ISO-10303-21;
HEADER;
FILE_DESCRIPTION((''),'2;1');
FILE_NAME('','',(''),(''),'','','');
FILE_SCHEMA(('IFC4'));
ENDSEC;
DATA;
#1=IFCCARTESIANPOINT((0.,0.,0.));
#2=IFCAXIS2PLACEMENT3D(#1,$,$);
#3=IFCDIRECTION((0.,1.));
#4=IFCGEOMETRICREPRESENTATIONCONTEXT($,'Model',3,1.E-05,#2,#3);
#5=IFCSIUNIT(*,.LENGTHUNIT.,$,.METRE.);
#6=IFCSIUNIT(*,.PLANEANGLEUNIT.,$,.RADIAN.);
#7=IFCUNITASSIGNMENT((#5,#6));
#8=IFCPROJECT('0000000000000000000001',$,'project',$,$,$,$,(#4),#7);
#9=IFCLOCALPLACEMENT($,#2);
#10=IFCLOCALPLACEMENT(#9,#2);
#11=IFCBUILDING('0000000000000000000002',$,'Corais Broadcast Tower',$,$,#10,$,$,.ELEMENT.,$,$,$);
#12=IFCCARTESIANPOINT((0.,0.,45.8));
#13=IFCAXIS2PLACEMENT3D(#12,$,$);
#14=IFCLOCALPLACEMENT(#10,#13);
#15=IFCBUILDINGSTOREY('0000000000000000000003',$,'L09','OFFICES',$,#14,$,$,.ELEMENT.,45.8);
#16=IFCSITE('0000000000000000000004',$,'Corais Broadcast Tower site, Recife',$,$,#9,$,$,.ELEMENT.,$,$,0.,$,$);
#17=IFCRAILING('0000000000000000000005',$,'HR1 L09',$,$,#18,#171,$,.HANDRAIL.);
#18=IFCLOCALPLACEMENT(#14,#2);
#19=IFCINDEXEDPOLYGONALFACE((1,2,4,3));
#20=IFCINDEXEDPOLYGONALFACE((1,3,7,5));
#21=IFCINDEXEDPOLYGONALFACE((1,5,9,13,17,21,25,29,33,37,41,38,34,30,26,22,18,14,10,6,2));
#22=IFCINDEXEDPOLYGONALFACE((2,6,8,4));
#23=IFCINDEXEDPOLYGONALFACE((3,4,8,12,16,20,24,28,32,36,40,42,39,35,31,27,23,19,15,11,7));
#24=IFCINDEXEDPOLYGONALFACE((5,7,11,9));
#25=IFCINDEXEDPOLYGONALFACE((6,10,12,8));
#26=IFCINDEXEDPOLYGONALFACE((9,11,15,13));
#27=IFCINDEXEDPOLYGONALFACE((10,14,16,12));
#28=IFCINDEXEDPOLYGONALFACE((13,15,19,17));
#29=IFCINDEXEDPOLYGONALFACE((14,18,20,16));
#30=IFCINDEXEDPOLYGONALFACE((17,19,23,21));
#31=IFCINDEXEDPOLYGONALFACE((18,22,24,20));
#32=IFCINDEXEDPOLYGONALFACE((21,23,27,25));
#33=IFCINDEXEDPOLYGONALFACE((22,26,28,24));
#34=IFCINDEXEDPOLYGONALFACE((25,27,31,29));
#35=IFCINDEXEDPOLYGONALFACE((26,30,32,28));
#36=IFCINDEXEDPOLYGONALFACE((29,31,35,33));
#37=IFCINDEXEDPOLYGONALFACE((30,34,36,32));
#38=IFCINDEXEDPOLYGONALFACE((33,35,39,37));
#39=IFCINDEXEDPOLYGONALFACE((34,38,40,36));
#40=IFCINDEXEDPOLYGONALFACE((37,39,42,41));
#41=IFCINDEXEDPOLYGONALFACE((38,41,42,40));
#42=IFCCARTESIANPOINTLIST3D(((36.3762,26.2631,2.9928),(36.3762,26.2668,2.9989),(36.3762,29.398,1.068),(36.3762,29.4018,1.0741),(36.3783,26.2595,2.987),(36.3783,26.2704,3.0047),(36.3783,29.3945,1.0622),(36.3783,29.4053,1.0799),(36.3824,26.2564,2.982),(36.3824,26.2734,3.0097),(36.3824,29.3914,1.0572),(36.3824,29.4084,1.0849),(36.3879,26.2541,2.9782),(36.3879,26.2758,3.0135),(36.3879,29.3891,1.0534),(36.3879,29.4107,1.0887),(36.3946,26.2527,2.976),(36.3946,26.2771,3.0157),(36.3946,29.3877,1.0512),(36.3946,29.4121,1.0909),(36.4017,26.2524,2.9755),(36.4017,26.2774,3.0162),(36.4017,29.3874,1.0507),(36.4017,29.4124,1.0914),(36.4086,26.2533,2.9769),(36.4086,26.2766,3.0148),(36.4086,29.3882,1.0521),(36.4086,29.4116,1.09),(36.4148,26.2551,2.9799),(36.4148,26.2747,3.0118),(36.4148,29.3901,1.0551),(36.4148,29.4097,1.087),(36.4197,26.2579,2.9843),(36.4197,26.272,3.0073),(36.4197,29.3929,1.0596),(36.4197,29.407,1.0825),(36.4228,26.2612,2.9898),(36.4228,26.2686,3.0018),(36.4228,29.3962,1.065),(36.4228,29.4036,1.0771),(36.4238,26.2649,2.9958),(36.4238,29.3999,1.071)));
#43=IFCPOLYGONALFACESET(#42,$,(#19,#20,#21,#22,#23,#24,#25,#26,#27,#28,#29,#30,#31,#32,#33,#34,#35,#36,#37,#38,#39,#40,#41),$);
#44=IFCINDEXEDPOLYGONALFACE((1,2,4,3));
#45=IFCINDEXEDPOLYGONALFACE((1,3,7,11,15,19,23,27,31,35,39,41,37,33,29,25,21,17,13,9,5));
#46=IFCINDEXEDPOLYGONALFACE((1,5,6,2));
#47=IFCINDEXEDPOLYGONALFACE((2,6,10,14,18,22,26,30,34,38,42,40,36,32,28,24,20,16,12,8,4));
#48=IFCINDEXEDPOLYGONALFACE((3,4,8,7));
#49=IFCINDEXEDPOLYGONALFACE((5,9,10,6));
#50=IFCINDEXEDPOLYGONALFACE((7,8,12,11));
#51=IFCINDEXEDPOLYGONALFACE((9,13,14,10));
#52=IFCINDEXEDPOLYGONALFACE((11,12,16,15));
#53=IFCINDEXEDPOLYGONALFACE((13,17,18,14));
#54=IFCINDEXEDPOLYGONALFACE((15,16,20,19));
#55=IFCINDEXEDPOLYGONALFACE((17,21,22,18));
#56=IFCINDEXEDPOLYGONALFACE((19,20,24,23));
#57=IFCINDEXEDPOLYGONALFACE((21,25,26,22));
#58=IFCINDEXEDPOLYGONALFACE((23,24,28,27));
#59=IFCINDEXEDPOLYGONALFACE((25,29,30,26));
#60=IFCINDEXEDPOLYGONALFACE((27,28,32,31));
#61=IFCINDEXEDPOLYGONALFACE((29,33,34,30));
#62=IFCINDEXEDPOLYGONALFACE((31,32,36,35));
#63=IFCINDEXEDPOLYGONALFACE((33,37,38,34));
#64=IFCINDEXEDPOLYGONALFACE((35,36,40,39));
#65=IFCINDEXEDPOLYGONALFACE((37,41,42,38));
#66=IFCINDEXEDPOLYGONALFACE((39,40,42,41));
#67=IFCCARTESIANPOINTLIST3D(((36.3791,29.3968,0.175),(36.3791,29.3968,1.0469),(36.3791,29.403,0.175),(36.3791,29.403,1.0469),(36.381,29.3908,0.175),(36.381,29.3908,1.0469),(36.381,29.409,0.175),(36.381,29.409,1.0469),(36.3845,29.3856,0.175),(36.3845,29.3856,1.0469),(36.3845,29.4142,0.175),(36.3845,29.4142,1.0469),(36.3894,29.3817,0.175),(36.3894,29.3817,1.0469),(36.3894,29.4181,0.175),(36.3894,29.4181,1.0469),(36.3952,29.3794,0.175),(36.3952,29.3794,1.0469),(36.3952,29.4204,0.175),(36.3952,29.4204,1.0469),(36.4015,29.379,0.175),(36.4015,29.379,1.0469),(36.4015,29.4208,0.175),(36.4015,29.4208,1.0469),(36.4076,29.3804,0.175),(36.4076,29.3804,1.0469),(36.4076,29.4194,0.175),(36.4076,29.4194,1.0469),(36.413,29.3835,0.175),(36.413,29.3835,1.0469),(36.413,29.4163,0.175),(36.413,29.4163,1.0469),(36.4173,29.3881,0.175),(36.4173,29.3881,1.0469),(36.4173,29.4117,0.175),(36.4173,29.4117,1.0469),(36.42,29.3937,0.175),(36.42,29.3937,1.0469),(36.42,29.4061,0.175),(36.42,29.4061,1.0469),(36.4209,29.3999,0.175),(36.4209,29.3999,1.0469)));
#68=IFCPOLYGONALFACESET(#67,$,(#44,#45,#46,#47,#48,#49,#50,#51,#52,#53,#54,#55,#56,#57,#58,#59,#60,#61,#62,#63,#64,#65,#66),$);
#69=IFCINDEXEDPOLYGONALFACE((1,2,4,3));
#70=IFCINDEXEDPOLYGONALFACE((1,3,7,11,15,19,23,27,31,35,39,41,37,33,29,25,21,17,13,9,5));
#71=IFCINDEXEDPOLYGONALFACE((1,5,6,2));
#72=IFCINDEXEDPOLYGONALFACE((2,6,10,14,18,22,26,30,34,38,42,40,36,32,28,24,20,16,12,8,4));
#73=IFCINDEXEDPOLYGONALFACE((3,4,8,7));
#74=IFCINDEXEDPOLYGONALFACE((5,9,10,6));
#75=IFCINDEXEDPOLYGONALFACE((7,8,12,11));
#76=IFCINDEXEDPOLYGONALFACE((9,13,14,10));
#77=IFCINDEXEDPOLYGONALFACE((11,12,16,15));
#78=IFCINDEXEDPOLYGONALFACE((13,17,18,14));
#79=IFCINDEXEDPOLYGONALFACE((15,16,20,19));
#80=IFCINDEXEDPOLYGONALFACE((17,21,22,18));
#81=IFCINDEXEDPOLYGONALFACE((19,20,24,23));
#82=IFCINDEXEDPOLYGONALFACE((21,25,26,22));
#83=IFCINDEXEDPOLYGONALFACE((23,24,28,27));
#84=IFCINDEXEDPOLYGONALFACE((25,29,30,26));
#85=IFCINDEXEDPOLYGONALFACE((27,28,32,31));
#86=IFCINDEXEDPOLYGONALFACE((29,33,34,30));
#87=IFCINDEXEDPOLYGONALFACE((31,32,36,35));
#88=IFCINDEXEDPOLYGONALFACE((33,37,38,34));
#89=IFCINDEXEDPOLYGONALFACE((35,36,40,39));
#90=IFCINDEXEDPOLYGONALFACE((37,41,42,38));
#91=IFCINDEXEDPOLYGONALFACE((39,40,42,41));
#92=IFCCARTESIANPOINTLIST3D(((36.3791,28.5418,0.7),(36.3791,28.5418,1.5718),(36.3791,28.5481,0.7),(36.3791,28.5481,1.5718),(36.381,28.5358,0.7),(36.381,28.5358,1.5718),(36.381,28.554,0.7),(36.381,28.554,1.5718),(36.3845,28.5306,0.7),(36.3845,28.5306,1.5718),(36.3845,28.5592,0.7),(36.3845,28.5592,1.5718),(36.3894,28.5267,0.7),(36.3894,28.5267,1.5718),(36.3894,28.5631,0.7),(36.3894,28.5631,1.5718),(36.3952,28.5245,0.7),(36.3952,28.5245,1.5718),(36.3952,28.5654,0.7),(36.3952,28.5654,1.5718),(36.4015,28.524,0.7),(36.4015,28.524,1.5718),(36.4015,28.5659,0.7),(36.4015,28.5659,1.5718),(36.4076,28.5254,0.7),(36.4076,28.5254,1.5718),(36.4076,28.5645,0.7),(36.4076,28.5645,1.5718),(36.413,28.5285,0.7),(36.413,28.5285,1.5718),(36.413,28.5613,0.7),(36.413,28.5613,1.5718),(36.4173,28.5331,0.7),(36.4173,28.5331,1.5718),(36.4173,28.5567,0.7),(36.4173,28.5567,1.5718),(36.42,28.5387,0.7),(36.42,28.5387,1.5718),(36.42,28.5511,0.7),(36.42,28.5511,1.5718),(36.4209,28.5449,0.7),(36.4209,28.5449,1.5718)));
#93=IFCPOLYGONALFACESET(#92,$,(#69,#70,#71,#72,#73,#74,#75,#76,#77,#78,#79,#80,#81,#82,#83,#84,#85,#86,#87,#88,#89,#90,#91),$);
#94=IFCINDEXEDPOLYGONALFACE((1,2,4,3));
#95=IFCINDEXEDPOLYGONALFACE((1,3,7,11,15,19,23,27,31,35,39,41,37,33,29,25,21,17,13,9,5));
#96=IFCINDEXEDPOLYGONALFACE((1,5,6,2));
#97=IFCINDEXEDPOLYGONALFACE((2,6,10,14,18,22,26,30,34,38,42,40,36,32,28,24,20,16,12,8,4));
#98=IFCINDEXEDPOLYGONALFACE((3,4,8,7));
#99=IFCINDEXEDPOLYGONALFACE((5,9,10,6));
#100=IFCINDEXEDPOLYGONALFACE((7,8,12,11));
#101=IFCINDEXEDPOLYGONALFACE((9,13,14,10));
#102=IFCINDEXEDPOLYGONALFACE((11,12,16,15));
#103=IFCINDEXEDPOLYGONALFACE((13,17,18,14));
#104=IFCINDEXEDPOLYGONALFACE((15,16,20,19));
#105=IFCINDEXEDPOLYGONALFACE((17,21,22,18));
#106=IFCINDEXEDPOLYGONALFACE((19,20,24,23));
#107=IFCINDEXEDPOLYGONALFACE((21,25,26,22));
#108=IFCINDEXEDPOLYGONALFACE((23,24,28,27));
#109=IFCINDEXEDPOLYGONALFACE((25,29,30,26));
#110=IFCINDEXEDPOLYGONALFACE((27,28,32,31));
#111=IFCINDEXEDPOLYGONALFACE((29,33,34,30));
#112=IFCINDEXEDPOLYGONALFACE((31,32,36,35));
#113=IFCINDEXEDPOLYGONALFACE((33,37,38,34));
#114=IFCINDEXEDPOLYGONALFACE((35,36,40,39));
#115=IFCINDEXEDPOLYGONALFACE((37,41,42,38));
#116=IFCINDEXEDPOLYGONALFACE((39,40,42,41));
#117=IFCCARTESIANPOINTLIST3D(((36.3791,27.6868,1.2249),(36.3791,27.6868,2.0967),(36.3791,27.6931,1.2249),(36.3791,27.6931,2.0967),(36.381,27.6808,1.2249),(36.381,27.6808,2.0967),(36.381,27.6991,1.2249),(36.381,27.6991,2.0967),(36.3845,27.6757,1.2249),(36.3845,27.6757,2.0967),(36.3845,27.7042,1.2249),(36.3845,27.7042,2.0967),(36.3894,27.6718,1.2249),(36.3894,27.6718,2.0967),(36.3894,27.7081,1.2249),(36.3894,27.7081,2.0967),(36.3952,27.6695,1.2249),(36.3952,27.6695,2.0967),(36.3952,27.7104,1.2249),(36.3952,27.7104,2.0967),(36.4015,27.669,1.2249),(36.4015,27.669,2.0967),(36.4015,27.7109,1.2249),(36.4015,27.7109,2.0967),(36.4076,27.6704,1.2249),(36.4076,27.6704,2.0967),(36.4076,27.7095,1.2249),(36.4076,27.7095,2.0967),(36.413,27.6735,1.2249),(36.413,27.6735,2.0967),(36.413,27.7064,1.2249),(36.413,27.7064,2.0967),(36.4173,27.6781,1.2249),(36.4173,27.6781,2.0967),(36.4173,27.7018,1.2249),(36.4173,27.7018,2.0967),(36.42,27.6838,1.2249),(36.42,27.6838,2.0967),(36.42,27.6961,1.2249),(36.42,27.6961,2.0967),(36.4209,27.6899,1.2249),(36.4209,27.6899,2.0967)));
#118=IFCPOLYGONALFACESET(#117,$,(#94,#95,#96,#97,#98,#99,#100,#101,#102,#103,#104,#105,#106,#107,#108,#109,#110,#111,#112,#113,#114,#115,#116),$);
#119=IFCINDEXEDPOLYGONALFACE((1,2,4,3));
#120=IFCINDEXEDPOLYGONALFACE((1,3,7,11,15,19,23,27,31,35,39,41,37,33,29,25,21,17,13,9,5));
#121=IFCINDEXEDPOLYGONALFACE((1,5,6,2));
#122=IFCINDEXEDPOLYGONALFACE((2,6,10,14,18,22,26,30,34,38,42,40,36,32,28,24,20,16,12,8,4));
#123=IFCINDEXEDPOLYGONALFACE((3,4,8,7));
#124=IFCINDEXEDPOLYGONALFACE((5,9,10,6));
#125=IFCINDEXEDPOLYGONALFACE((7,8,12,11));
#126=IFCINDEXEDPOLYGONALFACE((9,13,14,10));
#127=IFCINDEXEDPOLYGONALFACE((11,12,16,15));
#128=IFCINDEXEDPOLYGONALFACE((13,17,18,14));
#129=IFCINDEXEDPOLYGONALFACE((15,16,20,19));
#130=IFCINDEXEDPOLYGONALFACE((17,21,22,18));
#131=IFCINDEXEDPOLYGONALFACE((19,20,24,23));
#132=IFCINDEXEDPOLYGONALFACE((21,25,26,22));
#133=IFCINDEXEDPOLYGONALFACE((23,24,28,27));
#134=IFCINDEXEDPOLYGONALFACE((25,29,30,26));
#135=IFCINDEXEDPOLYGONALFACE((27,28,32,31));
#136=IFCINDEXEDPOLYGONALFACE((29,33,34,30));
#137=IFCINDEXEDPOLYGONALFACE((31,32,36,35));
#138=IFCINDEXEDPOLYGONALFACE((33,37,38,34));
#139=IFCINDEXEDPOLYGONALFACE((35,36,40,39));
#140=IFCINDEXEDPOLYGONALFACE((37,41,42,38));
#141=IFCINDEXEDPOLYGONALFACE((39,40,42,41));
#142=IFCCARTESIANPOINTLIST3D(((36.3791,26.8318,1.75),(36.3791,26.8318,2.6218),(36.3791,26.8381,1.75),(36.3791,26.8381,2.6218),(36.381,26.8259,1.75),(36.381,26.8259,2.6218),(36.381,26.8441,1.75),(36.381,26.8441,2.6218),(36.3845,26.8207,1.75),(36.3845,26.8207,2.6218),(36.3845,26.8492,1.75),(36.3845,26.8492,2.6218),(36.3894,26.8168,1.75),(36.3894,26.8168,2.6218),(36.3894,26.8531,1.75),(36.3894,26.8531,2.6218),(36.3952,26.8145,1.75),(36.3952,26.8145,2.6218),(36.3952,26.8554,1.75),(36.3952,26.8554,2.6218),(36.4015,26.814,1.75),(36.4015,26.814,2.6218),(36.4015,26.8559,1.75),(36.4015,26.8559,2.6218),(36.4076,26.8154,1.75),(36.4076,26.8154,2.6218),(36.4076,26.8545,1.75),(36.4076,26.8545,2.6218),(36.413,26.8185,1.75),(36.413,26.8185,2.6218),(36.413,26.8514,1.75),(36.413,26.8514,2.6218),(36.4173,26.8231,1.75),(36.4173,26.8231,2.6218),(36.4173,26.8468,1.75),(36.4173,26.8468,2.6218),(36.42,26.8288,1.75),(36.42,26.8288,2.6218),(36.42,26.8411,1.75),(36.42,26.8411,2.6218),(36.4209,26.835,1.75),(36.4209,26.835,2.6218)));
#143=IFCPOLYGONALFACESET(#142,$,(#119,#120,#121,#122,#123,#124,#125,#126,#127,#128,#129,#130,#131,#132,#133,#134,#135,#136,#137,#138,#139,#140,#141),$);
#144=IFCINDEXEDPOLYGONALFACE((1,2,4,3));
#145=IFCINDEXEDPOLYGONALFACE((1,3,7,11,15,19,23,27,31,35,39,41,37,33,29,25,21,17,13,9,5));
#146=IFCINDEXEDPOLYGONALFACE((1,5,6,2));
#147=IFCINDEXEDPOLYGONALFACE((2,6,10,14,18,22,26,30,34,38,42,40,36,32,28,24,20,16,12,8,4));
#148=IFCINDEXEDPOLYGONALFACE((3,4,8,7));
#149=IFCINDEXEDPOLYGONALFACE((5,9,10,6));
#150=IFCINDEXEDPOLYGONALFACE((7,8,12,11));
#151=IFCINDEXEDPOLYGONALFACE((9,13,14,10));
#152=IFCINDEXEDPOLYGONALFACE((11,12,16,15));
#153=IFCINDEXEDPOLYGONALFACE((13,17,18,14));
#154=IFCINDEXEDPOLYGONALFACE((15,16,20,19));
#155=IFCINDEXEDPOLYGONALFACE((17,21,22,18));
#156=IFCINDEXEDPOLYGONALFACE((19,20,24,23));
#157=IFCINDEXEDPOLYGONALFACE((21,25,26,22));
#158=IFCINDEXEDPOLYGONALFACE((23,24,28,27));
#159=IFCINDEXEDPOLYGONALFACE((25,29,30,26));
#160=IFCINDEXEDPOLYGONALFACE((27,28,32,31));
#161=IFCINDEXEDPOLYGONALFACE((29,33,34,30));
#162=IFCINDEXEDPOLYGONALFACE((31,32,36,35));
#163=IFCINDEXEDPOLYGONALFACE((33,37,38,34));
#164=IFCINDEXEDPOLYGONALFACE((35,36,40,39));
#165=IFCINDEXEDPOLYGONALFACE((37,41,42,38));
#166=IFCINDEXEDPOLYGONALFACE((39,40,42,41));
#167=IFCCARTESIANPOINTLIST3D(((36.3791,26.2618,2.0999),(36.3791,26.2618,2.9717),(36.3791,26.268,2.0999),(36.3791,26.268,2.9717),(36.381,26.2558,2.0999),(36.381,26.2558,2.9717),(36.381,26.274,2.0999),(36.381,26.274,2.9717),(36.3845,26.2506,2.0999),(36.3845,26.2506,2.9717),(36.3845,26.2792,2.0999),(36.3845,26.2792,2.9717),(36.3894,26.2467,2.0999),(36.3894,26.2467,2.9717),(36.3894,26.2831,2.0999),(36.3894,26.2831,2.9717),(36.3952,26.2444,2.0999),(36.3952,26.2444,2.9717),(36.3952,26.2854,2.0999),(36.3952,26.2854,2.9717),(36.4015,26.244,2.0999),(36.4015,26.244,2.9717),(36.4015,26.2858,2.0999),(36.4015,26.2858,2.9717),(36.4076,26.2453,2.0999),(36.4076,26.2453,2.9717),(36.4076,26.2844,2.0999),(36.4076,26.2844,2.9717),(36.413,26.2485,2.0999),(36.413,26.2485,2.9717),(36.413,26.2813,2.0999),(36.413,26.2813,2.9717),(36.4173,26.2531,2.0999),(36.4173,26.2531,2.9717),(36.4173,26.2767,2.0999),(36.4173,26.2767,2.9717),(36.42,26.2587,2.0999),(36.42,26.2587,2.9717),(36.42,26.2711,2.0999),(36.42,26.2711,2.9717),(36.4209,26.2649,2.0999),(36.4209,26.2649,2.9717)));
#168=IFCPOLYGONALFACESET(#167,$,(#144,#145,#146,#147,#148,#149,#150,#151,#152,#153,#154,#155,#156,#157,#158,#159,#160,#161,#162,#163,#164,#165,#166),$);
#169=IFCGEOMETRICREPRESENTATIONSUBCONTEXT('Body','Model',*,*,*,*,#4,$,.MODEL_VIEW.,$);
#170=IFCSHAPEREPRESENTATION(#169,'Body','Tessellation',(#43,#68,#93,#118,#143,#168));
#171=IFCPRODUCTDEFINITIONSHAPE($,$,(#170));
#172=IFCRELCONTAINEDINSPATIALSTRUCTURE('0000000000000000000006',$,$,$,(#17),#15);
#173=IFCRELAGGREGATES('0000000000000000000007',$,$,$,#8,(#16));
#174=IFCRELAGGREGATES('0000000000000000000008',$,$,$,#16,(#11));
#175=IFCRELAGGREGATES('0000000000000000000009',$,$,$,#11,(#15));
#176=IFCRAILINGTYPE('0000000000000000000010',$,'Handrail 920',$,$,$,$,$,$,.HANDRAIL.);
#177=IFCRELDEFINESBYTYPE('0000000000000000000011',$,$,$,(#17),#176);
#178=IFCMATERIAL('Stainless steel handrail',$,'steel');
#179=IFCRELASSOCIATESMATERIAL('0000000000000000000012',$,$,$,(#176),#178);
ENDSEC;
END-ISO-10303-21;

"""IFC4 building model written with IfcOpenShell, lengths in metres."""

from ifc_helpers import new_model, si_unit, direction, frame, origin, origin_2d, place, context, subcontext, project, spatial, circle, extrude, material, type_object, element, save


model = new_model("IFC4")

# Units and contexts
model_context = context("Model", 3, precision=1e-05, world=origin(), true_north=direction((0.0, 1.0)))
body_context = subcontext(model_context, "Body", "Model", "MODEL_VIEW")
ifc_project = project(units=[si_unit("LENGTHUNIT", "METRE"), si_unit("PLANEANGLEUNIT", "RADIAN")], contexts=[model_context])

# Site, building, storey
site_placement = place(None, origin())
site = spatial("IfcSite", under=ifc_project, at=site_placement, Name="Corais Broadcast Tower site, Recife", CompositionType="ELEMENT", RefElevation=0.0)
building_placement = place(site_placement, origin())
building = spatial("IfcBuilding", under=site, at=building_placement, Name="Corais Broadcast Tower", CompositionType="ELEMENT")
storey_placement = place(building_placement, frame((0.0, 0.0, 45.8)))
storey = spatial("IfcBuildingStorey", under=building, at=storey_placement, Name="L09", Description="OFFICES", CompositionType="ELEMENT", Elevation=45.8)

# Railing
ifc_material_1 = material(Name="Stainless steel handrail", Category="steel")
railing_type = type_object("IfcRailingType", Name="Handrail 920", PredefinedType="HANDRAIL", material=ifc_material_1)
for number, where, name in (
    (1, (36.3999, 29.3999, 0.175), "HR1 L09"),
):
    element("IfcRailing", number, at=place(storey_placement, frame(where)), inside=storey, type_object=railing_type, Name=name, PredefinedType="HANDRAIL", context=body_context, shape_type="SweptSolid", body=[
        extrude(circle(Radius=0.0239, at=origin_2d()), frame((0.0, 0.0, 0.896), z_axis=(0.0, -0.852196, 0.523223), x_axis=(1.0, 0.0, 0.0)), (0.0, 0.0, 1.0), 3.6787),
        extrude(circle(Radius=0.021, at=origin_2d()), origin(), (0.0, 0.0, 1.0), 0.8718),
        extrude(circle(Radius=0.021, at=origin_2d()), frame((0.0, -0.855, 0.5249)), (0.0, 0.0, 1.0), 0.8718),
        extrude(circle(Radius=0.021, at=origin_2d()), frame((0.0, -1.71, 1.0498)), (0.0, 0.0, 1.0), 0.8718),
        extrude(circle(Radius=0.021, at=origin_2d()), frame((0.0, -2.5649, 1.575)), (0.0, 0.0, 1.0), 0.8718),
        extrude(circle(Radius=0.021, at=origin_2d()), frame((0.0, -3.135, 1.9248)), (0.0, 0.0, 1.0), 0.8718),
    ])

save(model, "model.ifc")
